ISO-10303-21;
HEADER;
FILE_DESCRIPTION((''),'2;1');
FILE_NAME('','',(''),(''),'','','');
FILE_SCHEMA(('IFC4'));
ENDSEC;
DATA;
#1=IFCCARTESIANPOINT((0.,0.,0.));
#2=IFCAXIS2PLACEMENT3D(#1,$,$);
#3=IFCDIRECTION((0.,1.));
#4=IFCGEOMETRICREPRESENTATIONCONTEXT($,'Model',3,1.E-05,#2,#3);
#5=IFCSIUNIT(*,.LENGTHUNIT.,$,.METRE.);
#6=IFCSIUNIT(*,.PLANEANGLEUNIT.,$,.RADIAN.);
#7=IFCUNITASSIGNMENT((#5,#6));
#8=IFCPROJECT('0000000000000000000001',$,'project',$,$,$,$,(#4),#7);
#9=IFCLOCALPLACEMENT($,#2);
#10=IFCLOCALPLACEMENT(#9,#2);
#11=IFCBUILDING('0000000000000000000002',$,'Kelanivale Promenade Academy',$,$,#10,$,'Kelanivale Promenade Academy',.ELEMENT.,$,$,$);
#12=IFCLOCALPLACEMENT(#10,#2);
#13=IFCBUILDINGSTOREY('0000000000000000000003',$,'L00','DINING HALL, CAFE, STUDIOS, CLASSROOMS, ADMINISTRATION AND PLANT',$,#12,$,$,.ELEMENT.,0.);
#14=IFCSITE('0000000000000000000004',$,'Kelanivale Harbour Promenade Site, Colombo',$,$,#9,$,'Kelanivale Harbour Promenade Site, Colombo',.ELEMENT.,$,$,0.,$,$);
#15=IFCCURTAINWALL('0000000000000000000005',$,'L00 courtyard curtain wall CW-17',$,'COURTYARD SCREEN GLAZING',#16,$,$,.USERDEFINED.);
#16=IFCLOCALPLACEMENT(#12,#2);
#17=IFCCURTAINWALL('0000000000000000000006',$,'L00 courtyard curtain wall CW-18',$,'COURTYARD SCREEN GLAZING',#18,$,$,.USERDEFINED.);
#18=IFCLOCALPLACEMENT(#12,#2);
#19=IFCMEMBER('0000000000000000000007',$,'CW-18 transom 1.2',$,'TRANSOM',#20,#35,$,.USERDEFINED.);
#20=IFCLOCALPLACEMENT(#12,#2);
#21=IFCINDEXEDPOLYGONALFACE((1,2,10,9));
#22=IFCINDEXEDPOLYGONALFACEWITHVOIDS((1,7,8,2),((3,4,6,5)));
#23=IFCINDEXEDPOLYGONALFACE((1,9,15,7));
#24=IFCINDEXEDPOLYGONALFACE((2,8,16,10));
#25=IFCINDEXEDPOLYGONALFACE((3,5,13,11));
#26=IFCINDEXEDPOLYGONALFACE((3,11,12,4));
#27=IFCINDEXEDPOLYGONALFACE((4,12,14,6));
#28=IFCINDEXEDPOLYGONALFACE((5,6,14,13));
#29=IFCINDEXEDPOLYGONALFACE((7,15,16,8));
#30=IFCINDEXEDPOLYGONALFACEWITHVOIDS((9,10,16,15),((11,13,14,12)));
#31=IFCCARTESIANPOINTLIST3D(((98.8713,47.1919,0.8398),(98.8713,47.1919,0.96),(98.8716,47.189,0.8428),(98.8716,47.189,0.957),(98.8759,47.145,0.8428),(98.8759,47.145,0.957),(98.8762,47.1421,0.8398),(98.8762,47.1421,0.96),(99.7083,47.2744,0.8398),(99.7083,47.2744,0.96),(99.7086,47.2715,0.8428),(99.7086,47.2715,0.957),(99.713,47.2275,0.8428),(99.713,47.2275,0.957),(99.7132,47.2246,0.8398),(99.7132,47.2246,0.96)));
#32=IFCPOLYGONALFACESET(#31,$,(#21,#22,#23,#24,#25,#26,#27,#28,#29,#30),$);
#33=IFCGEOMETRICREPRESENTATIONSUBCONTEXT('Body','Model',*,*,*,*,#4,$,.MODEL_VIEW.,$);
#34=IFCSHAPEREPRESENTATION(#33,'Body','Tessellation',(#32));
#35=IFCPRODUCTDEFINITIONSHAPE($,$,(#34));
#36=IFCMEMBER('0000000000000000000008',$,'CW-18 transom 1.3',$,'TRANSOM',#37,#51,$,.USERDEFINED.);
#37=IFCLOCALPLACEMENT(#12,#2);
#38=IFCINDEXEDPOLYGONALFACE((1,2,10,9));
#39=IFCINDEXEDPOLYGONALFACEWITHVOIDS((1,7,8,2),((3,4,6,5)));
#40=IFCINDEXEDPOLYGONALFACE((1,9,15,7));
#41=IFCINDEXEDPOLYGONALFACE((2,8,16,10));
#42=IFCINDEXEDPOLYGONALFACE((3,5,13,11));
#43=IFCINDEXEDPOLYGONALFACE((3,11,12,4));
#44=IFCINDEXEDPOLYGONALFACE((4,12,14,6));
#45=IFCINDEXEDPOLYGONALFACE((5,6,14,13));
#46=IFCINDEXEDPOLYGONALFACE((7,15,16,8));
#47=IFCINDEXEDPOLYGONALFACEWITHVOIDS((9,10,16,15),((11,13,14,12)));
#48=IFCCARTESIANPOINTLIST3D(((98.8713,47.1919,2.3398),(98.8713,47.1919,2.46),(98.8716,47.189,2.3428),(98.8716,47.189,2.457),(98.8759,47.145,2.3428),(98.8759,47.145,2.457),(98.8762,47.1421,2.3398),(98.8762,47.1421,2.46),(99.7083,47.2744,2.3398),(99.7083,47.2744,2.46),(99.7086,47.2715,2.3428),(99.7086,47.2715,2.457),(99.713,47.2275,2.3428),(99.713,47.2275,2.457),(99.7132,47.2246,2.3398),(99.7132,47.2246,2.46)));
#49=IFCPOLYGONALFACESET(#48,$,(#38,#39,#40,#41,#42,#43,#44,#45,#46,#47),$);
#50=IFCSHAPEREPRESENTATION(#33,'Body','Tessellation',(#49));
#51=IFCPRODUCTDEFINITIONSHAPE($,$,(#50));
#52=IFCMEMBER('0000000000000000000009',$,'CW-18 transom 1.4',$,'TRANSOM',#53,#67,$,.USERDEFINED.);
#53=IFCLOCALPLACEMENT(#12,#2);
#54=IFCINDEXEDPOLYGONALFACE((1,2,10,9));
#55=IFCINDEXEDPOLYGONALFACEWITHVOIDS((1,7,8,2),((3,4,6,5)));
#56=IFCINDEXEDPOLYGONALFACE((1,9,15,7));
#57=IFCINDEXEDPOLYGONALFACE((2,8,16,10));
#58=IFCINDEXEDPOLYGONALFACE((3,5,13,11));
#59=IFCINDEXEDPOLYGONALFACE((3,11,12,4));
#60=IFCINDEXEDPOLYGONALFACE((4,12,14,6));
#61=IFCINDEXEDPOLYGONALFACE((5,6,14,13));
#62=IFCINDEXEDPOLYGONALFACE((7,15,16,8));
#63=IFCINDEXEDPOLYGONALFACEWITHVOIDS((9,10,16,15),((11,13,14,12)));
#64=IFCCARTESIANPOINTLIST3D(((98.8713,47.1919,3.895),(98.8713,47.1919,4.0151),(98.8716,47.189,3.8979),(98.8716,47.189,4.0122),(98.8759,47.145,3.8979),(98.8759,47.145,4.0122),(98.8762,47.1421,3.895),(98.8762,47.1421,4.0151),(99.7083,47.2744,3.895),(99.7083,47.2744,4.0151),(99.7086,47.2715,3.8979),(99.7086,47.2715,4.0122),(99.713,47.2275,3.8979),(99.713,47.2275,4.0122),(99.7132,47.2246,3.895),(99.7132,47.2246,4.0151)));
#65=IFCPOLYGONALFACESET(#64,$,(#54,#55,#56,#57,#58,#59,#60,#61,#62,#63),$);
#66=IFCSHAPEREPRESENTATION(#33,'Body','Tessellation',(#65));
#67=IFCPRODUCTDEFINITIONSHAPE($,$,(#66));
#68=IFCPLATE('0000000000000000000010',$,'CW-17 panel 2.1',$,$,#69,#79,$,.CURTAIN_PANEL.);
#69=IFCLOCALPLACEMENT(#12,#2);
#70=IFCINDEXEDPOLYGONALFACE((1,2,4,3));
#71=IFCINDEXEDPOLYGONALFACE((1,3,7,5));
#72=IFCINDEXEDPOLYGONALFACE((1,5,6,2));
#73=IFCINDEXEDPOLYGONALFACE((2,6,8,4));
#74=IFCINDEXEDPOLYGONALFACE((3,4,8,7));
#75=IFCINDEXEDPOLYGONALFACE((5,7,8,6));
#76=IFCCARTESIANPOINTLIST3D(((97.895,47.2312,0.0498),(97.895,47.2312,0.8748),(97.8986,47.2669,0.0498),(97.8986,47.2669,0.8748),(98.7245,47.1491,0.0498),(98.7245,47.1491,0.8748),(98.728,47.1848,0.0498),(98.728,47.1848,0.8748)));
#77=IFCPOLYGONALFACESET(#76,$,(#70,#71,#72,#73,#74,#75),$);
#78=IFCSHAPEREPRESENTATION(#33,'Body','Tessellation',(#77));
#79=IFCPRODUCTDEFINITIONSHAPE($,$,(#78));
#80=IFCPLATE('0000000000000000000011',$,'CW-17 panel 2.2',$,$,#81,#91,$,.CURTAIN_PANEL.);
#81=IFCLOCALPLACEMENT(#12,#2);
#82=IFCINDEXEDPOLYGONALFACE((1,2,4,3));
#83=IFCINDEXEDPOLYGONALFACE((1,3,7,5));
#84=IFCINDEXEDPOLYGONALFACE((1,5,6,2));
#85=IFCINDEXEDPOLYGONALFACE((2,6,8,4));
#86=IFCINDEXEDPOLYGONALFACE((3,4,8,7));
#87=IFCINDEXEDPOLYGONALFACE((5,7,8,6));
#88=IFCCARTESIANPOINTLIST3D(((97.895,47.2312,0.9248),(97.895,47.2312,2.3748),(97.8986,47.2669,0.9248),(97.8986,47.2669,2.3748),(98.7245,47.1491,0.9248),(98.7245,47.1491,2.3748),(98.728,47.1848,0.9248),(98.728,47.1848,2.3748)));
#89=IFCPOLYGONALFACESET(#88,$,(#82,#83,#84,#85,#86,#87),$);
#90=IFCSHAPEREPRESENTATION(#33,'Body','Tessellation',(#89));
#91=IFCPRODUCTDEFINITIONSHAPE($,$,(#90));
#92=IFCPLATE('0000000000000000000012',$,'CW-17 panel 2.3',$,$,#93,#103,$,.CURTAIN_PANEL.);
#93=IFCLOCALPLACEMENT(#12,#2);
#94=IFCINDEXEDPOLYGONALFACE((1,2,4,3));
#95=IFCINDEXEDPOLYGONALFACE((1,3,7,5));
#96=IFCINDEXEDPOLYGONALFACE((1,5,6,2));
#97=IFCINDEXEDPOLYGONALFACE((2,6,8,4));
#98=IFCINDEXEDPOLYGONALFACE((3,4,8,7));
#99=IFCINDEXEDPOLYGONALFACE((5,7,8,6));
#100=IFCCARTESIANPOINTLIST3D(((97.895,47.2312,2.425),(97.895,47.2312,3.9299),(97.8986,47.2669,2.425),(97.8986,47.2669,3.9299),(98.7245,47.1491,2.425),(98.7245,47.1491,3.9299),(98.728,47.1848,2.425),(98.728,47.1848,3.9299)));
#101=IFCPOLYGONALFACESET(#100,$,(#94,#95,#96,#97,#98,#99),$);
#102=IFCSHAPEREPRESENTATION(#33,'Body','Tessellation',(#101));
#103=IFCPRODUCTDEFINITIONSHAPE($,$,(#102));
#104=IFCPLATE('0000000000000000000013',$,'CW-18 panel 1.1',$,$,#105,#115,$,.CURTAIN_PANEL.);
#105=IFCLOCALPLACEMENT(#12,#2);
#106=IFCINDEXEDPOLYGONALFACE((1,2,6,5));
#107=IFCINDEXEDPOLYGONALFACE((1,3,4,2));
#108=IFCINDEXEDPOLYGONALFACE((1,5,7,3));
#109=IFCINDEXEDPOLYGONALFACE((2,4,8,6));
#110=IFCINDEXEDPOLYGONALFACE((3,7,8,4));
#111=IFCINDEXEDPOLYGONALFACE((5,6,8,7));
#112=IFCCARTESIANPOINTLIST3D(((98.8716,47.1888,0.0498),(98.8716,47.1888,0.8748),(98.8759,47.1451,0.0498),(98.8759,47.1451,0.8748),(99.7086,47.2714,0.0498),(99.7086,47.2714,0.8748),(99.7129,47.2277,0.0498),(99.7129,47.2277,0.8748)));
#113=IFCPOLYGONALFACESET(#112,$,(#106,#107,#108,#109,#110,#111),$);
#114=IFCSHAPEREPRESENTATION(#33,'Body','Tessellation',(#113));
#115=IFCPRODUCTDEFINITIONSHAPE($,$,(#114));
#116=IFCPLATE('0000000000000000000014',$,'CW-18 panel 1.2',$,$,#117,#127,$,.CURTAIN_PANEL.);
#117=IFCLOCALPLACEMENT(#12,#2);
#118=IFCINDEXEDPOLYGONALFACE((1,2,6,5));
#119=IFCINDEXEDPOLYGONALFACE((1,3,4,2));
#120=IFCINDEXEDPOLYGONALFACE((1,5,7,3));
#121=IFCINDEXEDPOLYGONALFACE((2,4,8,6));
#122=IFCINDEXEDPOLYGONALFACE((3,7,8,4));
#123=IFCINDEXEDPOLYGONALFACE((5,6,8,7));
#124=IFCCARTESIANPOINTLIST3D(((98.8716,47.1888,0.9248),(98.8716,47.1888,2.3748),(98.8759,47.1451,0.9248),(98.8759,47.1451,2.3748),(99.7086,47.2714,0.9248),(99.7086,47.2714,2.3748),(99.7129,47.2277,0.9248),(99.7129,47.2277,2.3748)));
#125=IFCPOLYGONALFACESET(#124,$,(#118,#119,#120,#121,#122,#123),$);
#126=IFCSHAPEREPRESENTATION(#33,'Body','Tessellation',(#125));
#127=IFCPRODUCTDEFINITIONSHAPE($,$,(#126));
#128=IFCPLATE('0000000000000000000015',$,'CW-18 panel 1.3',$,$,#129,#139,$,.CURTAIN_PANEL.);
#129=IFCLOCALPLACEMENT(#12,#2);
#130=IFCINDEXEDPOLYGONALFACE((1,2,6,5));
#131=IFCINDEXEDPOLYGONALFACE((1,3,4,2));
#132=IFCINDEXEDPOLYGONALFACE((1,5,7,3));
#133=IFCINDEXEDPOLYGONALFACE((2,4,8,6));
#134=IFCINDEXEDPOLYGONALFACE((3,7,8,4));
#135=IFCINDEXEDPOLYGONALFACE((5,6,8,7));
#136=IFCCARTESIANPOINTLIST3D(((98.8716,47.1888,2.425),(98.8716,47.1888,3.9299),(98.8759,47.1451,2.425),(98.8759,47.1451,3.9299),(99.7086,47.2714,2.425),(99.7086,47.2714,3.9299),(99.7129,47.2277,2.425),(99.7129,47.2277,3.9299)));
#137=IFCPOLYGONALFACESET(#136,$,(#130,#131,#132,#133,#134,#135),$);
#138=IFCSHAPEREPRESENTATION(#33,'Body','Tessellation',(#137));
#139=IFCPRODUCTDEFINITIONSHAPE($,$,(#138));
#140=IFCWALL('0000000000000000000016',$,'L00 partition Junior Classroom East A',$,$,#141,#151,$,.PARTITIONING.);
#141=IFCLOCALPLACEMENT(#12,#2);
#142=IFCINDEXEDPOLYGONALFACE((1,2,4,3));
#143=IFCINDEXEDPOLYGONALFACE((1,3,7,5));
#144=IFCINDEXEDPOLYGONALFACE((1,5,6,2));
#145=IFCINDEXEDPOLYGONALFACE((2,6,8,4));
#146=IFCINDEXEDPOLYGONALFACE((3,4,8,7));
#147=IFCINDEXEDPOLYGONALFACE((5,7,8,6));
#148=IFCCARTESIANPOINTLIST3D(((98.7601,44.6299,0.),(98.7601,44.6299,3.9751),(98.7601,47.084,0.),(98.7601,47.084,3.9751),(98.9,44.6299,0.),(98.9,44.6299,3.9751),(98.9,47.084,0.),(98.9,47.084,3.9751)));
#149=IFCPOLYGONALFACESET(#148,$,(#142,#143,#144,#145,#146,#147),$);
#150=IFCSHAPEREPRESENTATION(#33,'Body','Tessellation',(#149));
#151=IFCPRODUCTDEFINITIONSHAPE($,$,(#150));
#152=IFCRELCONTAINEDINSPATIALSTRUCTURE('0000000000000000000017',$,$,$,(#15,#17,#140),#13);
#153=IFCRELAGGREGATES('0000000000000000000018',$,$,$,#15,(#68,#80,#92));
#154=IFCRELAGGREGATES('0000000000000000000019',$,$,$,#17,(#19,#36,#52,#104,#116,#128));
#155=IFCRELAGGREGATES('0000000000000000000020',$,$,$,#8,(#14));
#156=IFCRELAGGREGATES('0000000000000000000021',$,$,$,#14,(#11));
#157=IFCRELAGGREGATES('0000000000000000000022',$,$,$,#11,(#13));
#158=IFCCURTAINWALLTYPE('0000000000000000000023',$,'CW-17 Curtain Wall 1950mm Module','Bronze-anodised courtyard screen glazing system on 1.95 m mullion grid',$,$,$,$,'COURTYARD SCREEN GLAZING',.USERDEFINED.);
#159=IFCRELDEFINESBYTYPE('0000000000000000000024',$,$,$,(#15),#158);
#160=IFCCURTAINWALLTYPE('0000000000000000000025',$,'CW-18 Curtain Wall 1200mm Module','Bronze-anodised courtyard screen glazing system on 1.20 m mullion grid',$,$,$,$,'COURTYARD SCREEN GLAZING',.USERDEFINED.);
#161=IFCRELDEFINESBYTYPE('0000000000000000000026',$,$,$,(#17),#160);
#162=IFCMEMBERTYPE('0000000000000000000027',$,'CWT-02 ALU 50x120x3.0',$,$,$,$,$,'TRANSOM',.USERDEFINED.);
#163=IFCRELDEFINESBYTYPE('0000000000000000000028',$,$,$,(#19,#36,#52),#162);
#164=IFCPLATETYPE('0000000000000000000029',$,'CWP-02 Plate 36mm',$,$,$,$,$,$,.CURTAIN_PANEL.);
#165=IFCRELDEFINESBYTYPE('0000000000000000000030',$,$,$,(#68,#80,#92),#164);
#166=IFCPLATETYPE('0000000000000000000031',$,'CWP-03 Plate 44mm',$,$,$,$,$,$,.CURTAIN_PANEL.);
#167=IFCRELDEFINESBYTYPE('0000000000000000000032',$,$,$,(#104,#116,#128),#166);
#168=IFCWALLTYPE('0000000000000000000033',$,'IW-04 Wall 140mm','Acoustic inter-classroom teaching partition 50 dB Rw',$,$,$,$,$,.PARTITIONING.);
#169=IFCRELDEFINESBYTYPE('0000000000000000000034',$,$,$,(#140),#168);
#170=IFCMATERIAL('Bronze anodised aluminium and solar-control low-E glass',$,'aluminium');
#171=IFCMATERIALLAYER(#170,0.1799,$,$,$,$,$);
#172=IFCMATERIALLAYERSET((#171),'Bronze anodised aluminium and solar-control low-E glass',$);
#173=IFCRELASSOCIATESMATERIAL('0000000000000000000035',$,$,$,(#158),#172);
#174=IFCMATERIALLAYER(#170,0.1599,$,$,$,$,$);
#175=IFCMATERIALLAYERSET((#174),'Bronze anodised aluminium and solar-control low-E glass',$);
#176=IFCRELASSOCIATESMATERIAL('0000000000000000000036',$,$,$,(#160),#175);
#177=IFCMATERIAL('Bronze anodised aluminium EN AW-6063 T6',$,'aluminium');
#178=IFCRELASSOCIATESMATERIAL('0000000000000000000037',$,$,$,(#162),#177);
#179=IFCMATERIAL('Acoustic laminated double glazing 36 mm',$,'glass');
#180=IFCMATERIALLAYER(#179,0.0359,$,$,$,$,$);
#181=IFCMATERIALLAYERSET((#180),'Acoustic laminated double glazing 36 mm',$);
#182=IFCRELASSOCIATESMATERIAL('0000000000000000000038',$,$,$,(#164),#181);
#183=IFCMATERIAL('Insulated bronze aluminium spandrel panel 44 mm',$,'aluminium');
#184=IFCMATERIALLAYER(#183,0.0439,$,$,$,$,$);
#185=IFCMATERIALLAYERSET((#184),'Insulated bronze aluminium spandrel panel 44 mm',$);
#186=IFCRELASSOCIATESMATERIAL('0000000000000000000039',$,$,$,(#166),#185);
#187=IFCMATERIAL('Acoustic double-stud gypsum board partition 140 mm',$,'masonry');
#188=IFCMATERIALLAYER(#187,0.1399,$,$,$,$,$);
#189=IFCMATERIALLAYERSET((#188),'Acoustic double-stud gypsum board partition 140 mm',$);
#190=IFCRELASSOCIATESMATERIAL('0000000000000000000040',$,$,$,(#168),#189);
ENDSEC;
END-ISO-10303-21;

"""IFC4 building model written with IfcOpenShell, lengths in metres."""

from ifc_helpers import new_model, si_unit, direction, frame, frame_2d, origin, origin_2d, place, context, subcontext, project, spatial, rectangle, hollow_rectangle, extrude, material, layer, layer_set, material_profile, profile_set, type_object, element, aggregate, save


model = new_model("IFC4")

# Units and contexts
model_context = context("Model", 3, precision=1e-05, world=origin(), true_north=direction((0.0, 1.0)))
body_context = subcontext(model_context, "Body", "Model", "MODEL_VIEW")
ifc_project = project(units=[si_unit("LENGTHUNIT", "METRE"), si_unit("PLANEANGLEUNIT", "RADIAN")], contexts=[model_context])

# Site, building, storey
site_placement = place(None, origin())
site = spatial("IfcSite", under=ifc_project, at=site_placement, Name="Kelanivale Harbour Promenade Site, Colombo", LongName="Kelanivale Harbour Promenade Site, Colombo", CompositionType="ELEMENT", RefElevation=0.0)
building_placement = place(site_placement, origin())
building = spatial("IfcBuilding", under=site, at=building_placement, Name="Kelanivale Promenade Academy", LongName="Kelanivale Promenade Academy", CompositionType="ELEMENT")
storey_placement = place(building_placement, origin())
storey = spatial("IfcBuildingStorey", under=building, at=storey_placement, Name="L00", Description="DINING HALL, CAFE, STUDIOS, CLASSROOMS, ADMINISTRATION AND PLANT", CompositionType="ELEMENT", Elevation=0.0)

# Curtain walls
ifc_material_1 = material(Name="Bronze anodised aluminium and solar-control low-E glass", Category="aluminium")
ifc_layer_1 = layer(ifc_material_1, 0.1799)
ifc_layer_set_1 = layer_set([ifc_layer_1], Name="Bronze anodised aluminium and solar-control low-E glass")
curtain_wall_type_1 = type_object("IfcCurtainWallType", Name="CW-17 Curtain Wall 1950mm Module", Description="Bronze-anodised courtyard screen glazing system on 1.95 m mullion grid", ElementType="COURTYARD SCREEN GLAZING", PredefinedType="USERDEFINED", material=ifc_layer_set_1)
curtain_wall_1_placement = place(storey_placement, origin())
curtain_wall_1 = element("IfcCurtainWall", 1, at=curtain_wall_1_placement, inside=storey, type_object=curtain_wall_type_1, Name="L00 courtyard curtain wall CW-17", ObjectType="COURTYARD SCREEN GLAZING", PredefinedType="USERDEFINED")
ifc_material_2 = material(Name="Bronze anodised aluminium EN AW-6063 T6", Category="aluminium")
ifc_layer_2 = layer(ifc_material_1, 0.1599)
ifc_layer_set_2 = layer_set([ifc_layer_2], Name="Bronze anodised aluminium and solar-control low-E glass")
curtain_wall_type_2 = type_object("IfcCurtainWallType", Name="CW-18 Curtain Wall 1200mm Module", Description="Bronze-anodised courtyard screen glazing system on 1.20 m mullion grid", ElementType="COURTYARD SCREEN GLAZING", PredefinedType="USERDEFINED", material=ifc_layer_set_2)
curtain_wall_2_placement = place(storey_placement, origin())
curtain_wall_2 = element("IfcCurtainWall", 2, at=curtain_wall_2_placement, inside=storey, type_object=curtain_wall_type_2, Name="L00 courtyard curtain wall CW-18", ObjectType="COURTYARD SCREEN GLAZING", PredefinedType="USERDEFINED")

# Members
ifc_material_profile_1 = material_profile(ifc_material_2, hollow_rectangle(XDim=0.05, YDim=0.1201, WallThickness=0.0029, at=origin_2d()), Name="ALU 50x120x3.0")
ifc_profile_set_1 = profile_set([ifc_material_profile_1], Name="Bronze anodised aluminium EN AW-6063 T6")
member_type_1 = type_object("IfcMemberType", Name="CWT-02 ALU 50x120x3.0", ElementType="TRANSOM", PredefinedType="USERDEFINED", material=ifc_profile_set_1)
member_1_placement = place(storey_placement, frame((98.8738, 47.167, 0.8999), z_axis=(0.995174, 0.098124, 0.0), x_axis=(-0.098124, 0.995174, 0.0)))
member_1 = element("IfcMember", 3, at=member_1_placement, type_object=member_type_1, Name="CW-18 transom 1.2", ObjectType="TRANSOM", PredefinedType="USERDEFINED", context=body_context, shape_type="SweptSolid", body=[
    extrude(hollow_rectangle(XDim=0.05, YDim=0.1201, WallThickness=0.0029, at=origin_2d()), origin(), (0.0, 0.0, 1.0), 0.8411),
])
member_2_placement = place(storey_placement, frame((98.8738, 47.167, 2.3999), z_axis=(0.995174, 0.098124, 0.0), x_axis=(-0.098124, 0.995174, 0.0)))
member_2 = element("IfcMember", 4, at=member_2_placement, type_object=member_type_1, Name="CW-18 transom 1.3", ObjectType="TRANSOM", PredefinedType="USERDEFINED", context=body_context, shape_type="SweptSolid", body=[
    extrude(hollow_rectangle(XDim=0.05, YDim=0.1201, WallThickness=0.0029, at=origin_2d()), origin(), (0.0, 0.0, 1.0), 0.8411),
])
member_3_placement = place(storey_placement, frame((98.8738, 47.167, 3.9551), z_axis=(0.995174, 0.098124, 0.0), x_axis=(-0.098124, 0.995174, 0.0)))
member_3 = element("IfcMember", 5, at=member_3_placement, type_object=member_type_1, Name="CW-18 transom 1.4", ObjectType="TRANSOM", PredefinedType="USERDEFINED", context=body_context, shape_type="SweptSolid", body=[
    extrude(hollow_rectangle(XDim=0.05, YDim=0.1201, WallThickness=0.0029, at=origin_2d()), origin(), (0.0, 0.0, 1.0), 0.8411),
])

# Plates
ifc_material_3 = material(Name="Acoustic laminated double glazing 36 mm", Category="glass")
ifc_layer_3 = layer(ifc_material_3, 0.0359)
ifc_layer_set_3 = layer_set([ifc_layer_3], Name="Acoustic laminated double glazing 36 mm")
plate_type_1 = type_object("IfcPlateType", Name="CWP-02 Plate 36mm", PredefinedType="CURTAIN_PANEL", material=ifc_layer_set_3)
plate_1_placement = place(storey_placement, frame((98.3115, 47.208, 0.0498), z_axis=(0.0, 0.0, 1.0), x_axis=(0.995133, -0.098539, 0.0)))
plate_1 = element("IfcPlate", 6, at=plate_1_placement, type_object=plate_type_1, Name="CW-17 panel 2.1", PredefinedType="CURTAIN_PANEL", context=body_context, shape_type="SweptSolid", body=[
    extrude(rectangle(XDim=0.8335, YDim=0.0359, at=origin_2d()), origin(), (0.0, 0.0, 1.0), 0.825),
])
plate_2_placement = place(storey_placement, frame((98.3115, 47.208, 0.9248), z_axis=(0.0, 0.0, 1.0), x_axis=(0.995133, -0.098539, 0.0)))
plate_2 = element("IfcPlate", 7, at=plate_2_placement, type_object=plate_type_1, Name="CW-17 panel 2.2", PredefinedType="CURTAIN_PANEL", context=body_context, shape_type="SweptSolid", body=[
    extrude(rectangle(XDim=0.8335, YDim=0.0359, at=origin_2d()), origin(), (0.0, 0.0, 1.0), 1.45),
])
plate_3_placement = place(storey_placement, frame((98.3115, 47.208, 2.425), z_axis=(0.0, 0.0, 1.0), x_axis=(0.995133, -0.098539, 0.0)))
plate_3 = element("IfcPlate", 8, at=plate_3_placement, type_object=plate_type_1, Name="CW-17 panel 2.3", PredefinedType="CURTAIN_PANEL", context=body_context, shape_type="SweptSolid", body=[
    extrude(rectangle(XDim=0.8335, YDim=0.0359, at=origin_2d()), origin(), (0.0, 0.0, 1.0), 1.5049),
])
aggregate(curtain_wall_1, [plate_1, plate_2, plate_3])
ifc_material_4 = material(Name="Insulated bronze aluminium spandrel panel 44 mm", Category="aluminium")
ifc_layer_4 = layer(ifc_material_4, 0.0439)
ifc_layer_set_4 = layer_set([ifc_layer_4], Name="Insulated bronze aluminium spandrel panel 44 mm")
plate_type_2 = type_object("IfcPlateType", Name="CWP-03 Plate 44mm", PredefinedType="CURTAIN_PANEL", material=ifc_layer_set_4)
plate_4_placement = place(storey_placement, frame((99.2922, 47.2083, 0.0498), z_axis=(0.0, 0.0, 1.0), x_axis=(0.995159, 0.098281, 0.0)))
plate_4 = element("IfcPlate", 9, at=plate_4_placement, type_object=plate_type_2, Name="CW-18 panel 1.1", PredefinedType="CURTAIN_PANEL", context=body_context, shape_type="SweptSolid", body=[
    extrude(rectangle(XDim=0.8411, YDim=0.0439, at=origin_2d()), origin(), (0.0, 0.0, 1.0), 0.825),
])
plate_5_placement = place(storey_placement, frame((99.2922, 47.2083, 0.9248), z_axis=(0.0, 0.0, 1.0), x_axis=(0.995159, 0.098281, 0.0)))
plate_5 = element("IfcPlate", 10, at=plate_5_placement, type_object=plate_type_2, Name="CW-18 panel 1.2", PredefinedType="CURTAIN_PANEL", context=body_context, shape_type="SweptSolid", body=[
    extrude(rectangle(XDim=0.8411, YDim=0.0439, at=origin_2d()), origin(), (0.0, 0.0, 1.0), 1.45),
])
plate_6_placement = place(storey_placement, frame((99.2922, 47.2083, 2.425), z_axis=(0.0, 0.0, 1.0), x_axis=(0.995159, 0.098281, 0.0)))
plate_6 = element("IfcPlate", 11, at=plate_6_placement, type_object=plate_type_2, Name="CW-18 panel 1.3", PredefinedType="CURTAIN_PANEL", context=body_context, shape_type="SweptSolid", body=[
    extrude(rectangle(XDim=0.8411, YDim=0.0439, at=origin_2d()), origin(), (0.0, 0.0, 1.0), 1.5049),
])
aggregate(curtain_wall_2, [member_1, member_2, member_3, plate_4, plate_5, plate_6])

# Wall
ifc_material_5 = material(Name="Acoustic double-stud gypsum board partition 140 mm", Category="masonry")
ifc_layer_5 = layer(ifc_material_5, 0.1399)
ifc_layer_set_5 = layer_set([ifc_layer_5], Name="Acoustic double-stud gypsum board partition 140 mm")
wall_type = type_object("IfcWallType", Name="IW-04 Wall 140mm", Description="Acoustic inter-classroom teaching partition 50 dB Rw", PredefinedType="PARTITIONING", material=ifc_layer_set_5)
wall_1_placement = place(storey_placement, frame((98.8301, 47.084, 0.0), z_axis=(0.0, 0.0, 1.0), x_axis=(0.0, -1.0, 0.0)))
element("IfcWall", 12, at=wall_1_placement, inside=storey, type_object=wall_type, Name="L00 partition Junior Classroom East A", PredefinedType="PARTITIONING", context=body_context, shape_type="SweptSolid", body=[
    extrude(rectangle(XDim=2.4541, YDim=0.1399, at=frame_2d((1.2271, 0.0))), origin(), (0.0, 0.0, 1.0), 3.9751),
])

save(model, "model.ifc")
